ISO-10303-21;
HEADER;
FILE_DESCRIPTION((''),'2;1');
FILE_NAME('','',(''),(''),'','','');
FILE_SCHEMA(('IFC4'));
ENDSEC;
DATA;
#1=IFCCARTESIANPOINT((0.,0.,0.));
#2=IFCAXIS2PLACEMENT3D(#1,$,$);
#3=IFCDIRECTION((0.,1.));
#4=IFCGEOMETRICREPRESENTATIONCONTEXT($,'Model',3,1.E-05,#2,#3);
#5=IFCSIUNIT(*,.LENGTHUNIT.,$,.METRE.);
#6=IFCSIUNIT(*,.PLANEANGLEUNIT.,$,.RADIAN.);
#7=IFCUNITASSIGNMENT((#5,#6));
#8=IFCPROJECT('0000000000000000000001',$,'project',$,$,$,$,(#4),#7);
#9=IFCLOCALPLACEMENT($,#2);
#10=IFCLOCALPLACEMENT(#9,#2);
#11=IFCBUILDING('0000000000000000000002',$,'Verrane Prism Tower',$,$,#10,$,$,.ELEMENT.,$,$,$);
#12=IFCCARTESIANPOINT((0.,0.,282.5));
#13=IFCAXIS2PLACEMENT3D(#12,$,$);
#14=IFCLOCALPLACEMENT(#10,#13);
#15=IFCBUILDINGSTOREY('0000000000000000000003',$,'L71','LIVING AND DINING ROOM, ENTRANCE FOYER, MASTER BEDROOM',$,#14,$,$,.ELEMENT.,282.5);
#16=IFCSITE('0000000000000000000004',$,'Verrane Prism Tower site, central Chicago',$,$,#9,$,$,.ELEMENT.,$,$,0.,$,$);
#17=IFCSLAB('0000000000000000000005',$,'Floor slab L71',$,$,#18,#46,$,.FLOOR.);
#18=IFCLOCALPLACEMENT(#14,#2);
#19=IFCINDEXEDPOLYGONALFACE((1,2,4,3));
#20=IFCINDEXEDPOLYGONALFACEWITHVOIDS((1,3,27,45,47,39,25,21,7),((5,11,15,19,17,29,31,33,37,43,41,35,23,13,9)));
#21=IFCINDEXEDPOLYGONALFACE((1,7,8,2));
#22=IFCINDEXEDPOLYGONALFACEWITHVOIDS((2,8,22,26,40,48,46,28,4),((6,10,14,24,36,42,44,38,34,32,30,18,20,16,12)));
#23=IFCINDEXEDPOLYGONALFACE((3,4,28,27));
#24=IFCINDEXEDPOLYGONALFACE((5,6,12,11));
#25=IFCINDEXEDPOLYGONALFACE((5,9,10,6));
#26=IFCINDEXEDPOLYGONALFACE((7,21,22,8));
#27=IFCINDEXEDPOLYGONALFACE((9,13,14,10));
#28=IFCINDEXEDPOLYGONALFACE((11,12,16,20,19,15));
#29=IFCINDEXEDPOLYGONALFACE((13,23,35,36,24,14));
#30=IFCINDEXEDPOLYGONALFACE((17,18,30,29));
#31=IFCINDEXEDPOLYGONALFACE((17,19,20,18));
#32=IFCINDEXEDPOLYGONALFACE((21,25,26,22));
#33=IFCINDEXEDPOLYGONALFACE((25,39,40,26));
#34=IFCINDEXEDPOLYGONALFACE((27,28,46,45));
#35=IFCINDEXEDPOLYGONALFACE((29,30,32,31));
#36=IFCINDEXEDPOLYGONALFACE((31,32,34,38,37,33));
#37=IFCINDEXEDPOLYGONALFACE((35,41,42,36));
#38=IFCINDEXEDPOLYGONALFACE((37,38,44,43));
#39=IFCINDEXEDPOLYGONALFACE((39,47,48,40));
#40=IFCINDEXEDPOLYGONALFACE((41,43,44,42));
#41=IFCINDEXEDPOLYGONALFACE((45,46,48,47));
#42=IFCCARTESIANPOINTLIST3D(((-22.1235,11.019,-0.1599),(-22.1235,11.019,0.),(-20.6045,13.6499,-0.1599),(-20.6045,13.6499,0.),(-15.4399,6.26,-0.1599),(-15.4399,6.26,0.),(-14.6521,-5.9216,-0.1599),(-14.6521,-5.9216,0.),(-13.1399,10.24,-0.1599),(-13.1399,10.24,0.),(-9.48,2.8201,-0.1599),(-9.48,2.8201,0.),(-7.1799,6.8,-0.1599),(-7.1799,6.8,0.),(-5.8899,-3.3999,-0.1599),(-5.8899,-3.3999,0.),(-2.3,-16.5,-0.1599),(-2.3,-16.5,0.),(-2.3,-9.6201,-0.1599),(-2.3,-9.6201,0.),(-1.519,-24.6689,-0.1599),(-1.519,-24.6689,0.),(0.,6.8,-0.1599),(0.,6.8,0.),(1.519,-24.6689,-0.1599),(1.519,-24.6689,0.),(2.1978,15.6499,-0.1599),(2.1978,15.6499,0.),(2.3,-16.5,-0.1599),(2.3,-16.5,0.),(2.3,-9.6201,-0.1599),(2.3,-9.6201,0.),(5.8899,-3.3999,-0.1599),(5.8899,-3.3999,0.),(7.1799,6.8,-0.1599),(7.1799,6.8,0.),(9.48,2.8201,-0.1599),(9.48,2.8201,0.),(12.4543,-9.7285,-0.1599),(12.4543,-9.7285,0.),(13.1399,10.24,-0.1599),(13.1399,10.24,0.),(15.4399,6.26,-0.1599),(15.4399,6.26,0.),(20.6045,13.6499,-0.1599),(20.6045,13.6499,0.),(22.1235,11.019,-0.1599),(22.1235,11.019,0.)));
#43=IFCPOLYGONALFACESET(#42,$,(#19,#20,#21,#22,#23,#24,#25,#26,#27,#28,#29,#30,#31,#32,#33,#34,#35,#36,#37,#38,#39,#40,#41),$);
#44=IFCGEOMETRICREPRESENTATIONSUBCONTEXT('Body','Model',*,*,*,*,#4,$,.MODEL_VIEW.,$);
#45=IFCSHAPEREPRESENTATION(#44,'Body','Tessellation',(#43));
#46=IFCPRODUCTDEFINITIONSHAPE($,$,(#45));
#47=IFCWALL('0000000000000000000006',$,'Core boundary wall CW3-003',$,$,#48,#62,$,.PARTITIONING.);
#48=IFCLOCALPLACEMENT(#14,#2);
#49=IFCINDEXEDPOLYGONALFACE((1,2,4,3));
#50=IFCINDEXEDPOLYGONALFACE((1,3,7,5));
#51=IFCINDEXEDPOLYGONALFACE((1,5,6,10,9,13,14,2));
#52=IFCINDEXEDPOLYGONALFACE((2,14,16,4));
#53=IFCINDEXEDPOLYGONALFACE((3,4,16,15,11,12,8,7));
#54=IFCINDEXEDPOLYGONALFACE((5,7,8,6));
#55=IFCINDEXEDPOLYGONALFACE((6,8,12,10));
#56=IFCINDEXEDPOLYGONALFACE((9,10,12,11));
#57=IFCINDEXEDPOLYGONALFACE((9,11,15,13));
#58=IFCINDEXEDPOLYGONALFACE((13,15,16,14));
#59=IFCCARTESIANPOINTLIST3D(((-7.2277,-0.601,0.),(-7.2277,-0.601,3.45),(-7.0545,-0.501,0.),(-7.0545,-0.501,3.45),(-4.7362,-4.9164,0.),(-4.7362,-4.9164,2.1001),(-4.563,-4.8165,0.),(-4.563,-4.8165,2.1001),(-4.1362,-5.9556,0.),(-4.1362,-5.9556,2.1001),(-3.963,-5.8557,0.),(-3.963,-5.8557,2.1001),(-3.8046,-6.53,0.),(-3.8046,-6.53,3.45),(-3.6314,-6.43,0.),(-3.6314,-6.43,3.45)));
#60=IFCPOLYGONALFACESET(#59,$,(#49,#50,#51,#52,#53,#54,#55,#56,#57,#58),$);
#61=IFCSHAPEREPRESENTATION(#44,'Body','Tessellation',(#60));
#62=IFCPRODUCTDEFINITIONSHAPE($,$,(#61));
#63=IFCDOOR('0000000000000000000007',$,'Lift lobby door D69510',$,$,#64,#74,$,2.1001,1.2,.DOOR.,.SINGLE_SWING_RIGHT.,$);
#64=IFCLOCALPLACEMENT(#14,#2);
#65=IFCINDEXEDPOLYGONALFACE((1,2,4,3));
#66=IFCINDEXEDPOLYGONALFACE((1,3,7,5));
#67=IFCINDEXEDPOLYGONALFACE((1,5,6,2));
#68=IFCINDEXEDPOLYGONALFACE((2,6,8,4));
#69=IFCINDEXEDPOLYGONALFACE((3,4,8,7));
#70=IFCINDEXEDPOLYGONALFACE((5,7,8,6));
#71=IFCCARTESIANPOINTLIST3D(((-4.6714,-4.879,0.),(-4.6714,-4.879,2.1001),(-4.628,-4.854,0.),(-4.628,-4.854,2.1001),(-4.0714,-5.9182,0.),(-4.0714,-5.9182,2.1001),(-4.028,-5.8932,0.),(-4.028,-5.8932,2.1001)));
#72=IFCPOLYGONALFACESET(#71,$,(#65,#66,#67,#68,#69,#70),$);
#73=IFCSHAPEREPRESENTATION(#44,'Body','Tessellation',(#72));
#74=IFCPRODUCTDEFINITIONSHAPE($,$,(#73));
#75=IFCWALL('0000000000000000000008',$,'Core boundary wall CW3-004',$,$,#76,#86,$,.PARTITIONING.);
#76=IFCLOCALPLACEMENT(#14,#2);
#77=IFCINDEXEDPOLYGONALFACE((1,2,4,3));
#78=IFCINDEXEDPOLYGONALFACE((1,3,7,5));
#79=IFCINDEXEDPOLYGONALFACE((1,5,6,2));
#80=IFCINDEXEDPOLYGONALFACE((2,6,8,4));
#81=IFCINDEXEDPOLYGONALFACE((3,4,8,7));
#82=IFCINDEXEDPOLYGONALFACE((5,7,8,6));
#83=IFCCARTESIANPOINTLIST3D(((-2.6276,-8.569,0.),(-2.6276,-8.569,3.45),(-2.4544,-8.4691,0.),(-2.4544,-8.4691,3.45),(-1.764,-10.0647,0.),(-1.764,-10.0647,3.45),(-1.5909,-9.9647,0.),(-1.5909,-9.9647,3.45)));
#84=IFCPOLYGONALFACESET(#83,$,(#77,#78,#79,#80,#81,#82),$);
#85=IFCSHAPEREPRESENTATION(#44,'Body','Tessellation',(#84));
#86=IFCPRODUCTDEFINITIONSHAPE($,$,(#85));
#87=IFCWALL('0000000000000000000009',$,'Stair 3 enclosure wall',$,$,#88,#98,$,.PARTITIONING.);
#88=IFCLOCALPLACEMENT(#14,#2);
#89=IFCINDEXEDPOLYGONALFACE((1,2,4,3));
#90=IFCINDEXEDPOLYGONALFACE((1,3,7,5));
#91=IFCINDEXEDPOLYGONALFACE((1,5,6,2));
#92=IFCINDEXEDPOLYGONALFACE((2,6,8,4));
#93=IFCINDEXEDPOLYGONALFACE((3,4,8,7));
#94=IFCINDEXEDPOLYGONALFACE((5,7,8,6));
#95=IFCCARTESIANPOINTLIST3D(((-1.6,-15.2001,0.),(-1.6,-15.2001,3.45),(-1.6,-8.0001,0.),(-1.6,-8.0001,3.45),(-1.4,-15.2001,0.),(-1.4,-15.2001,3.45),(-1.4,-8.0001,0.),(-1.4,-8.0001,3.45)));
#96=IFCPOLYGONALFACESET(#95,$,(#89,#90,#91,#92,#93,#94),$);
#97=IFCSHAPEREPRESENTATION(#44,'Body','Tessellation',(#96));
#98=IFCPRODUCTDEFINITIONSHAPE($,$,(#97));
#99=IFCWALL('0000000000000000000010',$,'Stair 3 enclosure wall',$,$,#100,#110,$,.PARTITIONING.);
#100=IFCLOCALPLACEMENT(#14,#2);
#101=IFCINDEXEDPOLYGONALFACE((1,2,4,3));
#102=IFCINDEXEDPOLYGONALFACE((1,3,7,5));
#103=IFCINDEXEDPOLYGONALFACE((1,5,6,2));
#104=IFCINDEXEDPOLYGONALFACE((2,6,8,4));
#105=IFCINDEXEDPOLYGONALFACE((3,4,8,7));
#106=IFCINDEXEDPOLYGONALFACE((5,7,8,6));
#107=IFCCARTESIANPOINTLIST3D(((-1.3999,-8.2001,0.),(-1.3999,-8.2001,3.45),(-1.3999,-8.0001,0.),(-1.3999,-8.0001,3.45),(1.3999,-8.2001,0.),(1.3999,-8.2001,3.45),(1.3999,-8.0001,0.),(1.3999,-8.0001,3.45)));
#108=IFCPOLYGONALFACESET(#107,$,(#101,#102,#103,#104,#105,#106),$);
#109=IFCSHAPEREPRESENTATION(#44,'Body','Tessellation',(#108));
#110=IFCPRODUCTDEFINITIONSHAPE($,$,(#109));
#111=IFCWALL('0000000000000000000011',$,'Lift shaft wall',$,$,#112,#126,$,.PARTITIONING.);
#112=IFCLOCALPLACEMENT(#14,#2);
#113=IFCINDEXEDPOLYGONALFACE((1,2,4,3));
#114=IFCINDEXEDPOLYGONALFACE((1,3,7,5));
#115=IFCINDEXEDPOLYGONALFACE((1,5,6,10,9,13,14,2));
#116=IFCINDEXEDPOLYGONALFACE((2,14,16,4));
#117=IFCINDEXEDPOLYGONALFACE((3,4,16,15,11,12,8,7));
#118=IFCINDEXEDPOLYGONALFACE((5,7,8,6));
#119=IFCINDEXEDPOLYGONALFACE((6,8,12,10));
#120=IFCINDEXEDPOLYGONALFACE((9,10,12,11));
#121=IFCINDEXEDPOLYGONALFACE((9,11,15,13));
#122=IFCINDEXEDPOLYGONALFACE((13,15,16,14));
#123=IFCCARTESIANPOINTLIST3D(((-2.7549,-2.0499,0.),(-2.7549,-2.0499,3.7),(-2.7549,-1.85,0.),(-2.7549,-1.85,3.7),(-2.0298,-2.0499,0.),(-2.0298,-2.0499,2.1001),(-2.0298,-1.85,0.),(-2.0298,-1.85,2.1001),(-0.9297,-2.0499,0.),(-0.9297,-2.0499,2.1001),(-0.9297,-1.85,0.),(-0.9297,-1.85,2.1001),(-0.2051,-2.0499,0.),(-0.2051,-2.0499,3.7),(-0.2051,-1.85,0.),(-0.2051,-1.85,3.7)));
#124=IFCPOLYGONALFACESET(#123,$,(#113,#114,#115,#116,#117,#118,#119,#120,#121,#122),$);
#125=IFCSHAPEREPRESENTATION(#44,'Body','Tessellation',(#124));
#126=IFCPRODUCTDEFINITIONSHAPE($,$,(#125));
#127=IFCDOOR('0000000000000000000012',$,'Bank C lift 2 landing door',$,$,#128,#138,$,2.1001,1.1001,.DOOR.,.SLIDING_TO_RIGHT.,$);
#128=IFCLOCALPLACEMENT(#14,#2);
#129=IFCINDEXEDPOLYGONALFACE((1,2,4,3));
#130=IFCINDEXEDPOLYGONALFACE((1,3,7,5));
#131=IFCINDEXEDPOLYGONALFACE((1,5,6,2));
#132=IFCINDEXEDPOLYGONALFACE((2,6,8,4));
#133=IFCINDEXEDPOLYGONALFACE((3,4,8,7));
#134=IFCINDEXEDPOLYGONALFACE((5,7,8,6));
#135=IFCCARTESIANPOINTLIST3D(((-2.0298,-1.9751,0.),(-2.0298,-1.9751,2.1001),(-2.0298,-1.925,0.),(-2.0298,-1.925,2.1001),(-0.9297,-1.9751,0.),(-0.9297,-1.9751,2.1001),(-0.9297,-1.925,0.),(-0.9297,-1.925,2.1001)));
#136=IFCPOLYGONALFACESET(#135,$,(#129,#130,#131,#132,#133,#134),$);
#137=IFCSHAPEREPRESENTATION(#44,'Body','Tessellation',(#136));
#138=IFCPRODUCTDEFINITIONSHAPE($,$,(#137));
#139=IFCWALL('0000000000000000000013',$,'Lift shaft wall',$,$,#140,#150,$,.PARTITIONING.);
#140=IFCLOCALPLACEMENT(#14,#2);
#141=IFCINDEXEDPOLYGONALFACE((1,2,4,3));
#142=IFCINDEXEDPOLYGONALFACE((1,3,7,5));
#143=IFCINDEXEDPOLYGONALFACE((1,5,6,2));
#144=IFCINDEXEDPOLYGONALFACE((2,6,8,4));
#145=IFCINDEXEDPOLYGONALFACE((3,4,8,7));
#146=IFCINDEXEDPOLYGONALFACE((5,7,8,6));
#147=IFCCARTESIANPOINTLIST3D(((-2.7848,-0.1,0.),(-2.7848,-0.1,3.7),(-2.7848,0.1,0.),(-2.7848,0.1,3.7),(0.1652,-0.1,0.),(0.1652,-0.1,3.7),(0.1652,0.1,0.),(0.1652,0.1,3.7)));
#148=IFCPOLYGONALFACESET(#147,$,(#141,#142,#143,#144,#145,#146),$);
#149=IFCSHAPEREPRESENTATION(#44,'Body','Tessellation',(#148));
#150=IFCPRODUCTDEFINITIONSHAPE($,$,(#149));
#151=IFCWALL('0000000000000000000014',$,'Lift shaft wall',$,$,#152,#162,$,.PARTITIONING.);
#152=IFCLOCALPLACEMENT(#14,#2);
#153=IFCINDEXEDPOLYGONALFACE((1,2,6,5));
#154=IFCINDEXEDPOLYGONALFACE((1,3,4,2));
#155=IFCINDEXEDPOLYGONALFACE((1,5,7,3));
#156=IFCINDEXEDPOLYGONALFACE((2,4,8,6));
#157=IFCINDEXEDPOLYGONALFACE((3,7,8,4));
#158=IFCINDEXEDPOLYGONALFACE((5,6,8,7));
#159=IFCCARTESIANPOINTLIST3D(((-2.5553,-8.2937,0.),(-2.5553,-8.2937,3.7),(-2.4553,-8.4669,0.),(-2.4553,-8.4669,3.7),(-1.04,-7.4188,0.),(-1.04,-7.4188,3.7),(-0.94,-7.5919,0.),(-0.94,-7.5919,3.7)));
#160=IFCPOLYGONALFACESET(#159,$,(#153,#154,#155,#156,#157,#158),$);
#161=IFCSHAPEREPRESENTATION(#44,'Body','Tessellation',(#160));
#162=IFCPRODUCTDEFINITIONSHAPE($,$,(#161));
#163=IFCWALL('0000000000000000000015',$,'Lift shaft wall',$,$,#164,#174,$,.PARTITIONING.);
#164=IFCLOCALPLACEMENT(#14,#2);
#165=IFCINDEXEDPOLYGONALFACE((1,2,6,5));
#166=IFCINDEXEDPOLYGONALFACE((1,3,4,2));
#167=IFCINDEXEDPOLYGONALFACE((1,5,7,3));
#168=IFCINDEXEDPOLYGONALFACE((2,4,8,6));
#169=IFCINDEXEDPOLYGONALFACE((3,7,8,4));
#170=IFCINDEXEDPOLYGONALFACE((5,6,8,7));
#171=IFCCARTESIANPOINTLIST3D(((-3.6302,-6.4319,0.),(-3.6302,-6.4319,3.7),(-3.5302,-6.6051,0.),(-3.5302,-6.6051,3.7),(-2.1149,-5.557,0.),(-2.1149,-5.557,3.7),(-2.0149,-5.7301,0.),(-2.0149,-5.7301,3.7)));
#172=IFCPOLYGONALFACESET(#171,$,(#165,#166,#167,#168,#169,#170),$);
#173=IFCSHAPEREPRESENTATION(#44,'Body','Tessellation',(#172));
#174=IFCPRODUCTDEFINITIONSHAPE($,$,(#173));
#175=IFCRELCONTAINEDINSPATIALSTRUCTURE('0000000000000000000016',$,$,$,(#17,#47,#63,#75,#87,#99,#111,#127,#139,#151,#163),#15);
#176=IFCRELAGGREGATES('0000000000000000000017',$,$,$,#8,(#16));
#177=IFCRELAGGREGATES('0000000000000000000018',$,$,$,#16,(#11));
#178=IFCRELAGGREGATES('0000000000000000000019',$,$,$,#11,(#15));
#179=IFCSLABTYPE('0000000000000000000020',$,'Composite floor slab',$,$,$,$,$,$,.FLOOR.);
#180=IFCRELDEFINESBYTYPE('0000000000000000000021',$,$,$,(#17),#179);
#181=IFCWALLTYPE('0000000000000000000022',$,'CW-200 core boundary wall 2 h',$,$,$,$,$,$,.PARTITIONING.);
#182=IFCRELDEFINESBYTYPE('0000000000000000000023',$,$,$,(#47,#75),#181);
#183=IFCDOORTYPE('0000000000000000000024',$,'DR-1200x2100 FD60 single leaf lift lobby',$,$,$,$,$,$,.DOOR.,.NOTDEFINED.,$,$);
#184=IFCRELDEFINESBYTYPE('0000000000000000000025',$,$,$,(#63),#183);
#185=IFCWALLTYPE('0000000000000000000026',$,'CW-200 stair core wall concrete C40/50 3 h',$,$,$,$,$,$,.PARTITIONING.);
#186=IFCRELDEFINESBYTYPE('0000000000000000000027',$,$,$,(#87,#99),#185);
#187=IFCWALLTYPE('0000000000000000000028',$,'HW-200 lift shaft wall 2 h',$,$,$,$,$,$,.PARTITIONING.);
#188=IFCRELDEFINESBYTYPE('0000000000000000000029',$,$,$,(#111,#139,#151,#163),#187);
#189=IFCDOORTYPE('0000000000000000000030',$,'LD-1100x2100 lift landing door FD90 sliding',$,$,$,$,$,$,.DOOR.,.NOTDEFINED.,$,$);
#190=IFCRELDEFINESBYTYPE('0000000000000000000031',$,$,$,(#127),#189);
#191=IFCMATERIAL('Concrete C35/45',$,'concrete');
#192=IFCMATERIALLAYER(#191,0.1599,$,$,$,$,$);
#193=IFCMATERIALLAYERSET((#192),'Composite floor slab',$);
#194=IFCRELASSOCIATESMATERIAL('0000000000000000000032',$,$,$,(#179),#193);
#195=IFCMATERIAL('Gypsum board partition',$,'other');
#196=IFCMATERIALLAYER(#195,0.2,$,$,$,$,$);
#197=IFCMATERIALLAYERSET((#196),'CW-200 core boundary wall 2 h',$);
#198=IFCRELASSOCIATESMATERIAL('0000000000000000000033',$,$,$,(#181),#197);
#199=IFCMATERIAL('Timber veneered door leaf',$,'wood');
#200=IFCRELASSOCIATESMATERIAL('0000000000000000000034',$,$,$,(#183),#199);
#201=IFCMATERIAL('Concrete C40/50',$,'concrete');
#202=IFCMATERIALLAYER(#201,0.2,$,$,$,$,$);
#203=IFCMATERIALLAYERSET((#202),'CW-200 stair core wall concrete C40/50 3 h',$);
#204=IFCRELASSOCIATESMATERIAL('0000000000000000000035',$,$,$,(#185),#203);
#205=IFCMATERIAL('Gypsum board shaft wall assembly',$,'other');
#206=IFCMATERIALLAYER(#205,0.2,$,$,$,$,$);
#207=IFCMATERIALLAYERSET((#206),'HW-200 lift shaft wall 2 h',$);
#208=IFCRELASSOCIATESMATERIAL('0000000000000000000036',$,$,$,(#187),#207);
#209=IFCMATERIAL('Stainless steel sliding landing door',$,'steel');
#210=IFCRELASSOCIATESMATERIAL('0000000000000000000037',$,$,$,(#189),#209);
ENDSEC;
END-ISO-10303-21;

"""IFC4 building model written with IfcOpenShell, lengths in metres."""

from ifc_helpers import new_model, si_unit, direction, frame, frame_2d, origin, place, context, subcontext, project, spatial, polyline, rectangle, outline, extrude, material, layer, layer_set, type_object, element, fill, save


model = new_model("IFC4")

# Units and contexts
model_context = context("Model", 3, precision=1e-05, world=origin(), true_north=direction((0.0, 1.0)))
body_context = subcontext(model_context, "Body", "Model", "MODEL_VIEW")
ifc_project = project(units=[si_unit("LENGTHUNIT", "METRE"), si_unit("PLANEANGLEUNIT", "RADIAN")], contexts=[model_context])

# Site, building, storey
site_placement = place(None, origin())
site = spatial("IfcSite", under=ifc_project, at=site_placement, Name="Verrane Prism Tower site, central Chicago", CompositionType="ELEMENT", RefElevation=0.0)
building_placement = place(site_placement, origin())
building = spatial("IfcBuilding", under=site, at=building_placement, Name="Verrane Prism Tower", CompositionType="ELEMENT")
storey_placement = place(building_placement, frame((0.0, 0.0, 282.5)))
storey = spatial("IfcBuildingStorey", under=building, at=storey_placement, Name="L71", Description="LIVING AND DINING ROOM, ENTRANCE FOYER, MASTER BEDROOM", CompositionType="ELEMENT", Elevation=282.5)

# Slab
ifc_material_1 = material(Name="Concrete C35/45", Category="concrete")
ifc_layer_1 = layer(ifc_material_1, 0.1599)
ifc_layer_set_1 = layer_set([ifc_layer_1], Name="Composite floor slab")
slab_type = type_object("IfcSlabType", Name="Composite floor slab", PredefinedType="FLOOR", material=ifc_layer_set_1)
slab_placement = place(storey_placement, frame((0.0, 0.0, -0.1599)))
element("IfcSlab", 1, at=slab_placement, inside=storey, type_object=slab_type, Name="Floor slab L71", PredefinedType="FLOOR", context=body_context, shape_type="SweptSolid", body=[
    extrude(outline(polyline([(12.4543, -9.7285), (1.519, -24.6689), (-1.519, -24.6689), (-14.6521, -5.9216), (-22.1235, 11.019), (-20.6045, 13.6499), (2.1978, 15.6499), (20.6045, 13.6499), (22.1235, 11.019), (12.4543, -9.7285)]), holes=[polyline([(15.4399, 6.26), (13.1399, 10.24), (7.1799, 6.8), (0.0, 6.8), (-7.1799, 6.8), (-13.1399, 10.24), (-15.4399, 6.26), (-9.48, 2.8201), (-5.8899, -3.3999), (-2.3, -9.6201), (-2.3, -16.5), (2.3, -16.5), (2.3, -9.6201), (5.8899, -3.3999), (9.48, 2.8201), (15.4399, 6.26)])]), origin(), (0.0, 0.0, 1.0), 0.1599),
])

# Wall, opening, door
ifc_material_2 = material(Name="Gypsum board partition", Category="other")
ifc_layer_2 = layer(ifc_material_2, 0.2)
ifc_layer_set_2 = layer_set([ifc_layer_2], Name="CW-200 core boundary wall 2 h")
wall_type_1 = type_object("IfcWallType", Name="CW-200 core boundary wall 2 h", PredefinedType="PARTITIONING", material=ifc_layer_set_2)
wall_1_placement = place(storey_placement, frame((-7.1411, -0.551, 0.0), z_axis=(0.0, 0.0, 1.0), x_axis=(0.500001, -0.866025, 0.0)))
wall_1 = element("IfcWall", 2, at=wall_1_placement, inside=storey, type_object=wall_type_1, Name="Core boundary wall CW3-003", PredefinedType="PARTITIONING", context=body_context, shape_type="SweptSolid", body=[
    extrude(rectangle(XDim=6.8462, YDim=0.2, at=frame_2d((3.4231, 0.0))), origin(), (0.0, 0.0, 1.0), 3.45),
])
opening_1_placement = place(wall_1_placement, frame((4.9829, 0.0, 0.0)))
opening_1 = element("IfcOpeningElement", 3, at=opening_1_placement, cuts=wall_1, PredefinedType="OPENING", context=body_context, shape_type="SweptSolid", body=[
    extrude(rectangle(XDim=1.2, YDim=2.1001, at=frame_2d((0.6001, 1.05))), frame((0.0, 0.1099, 0.0), z_axis=(0.0, -1.0, 0.0), x_axis=(1.0, 0.0, 0.0)), (0.0, 0.0, 1.0), 0.22),
])
ifc_material_3 = material(Name="Timber veneered door leaf", Category="wood")
door_type_1 = type_object("IfcDoorType", Name="DR-1200x2100 FD60 single leaf lift lobby", OperationType="NOTDEFINED", PredefinedType="DOOR", material=ifc_material_3)
door_1_placement = place(opening_1_placement, origin())
door_1 = element("IfcDoor", 4, at=door_1_placement, inside=storey, type_object=door_type_1, Name="Lift lobby door D69510", OperationType="SINGLE_SWING_RIGHT", OverallHeight=2.1001, OverallWidth=1.2, PredefinedType="DOOR", context=body_context, shape_type="SweptSolid", body=[
    extrude(rectangle(XDim=1.2, YDim=2.1001, at=frame_2d((0.6001, 1.05))), frame((0.0, 0.0249, 0.0), z_axis=(0.0, -1.0, 0.0), x_axis=(1.0, 0.0, 0.0)), (0.0, 0.0, 1.0), 0.05),
])
fill(opening_1, door_1)

# Walls
wall_2_placement = place(storey_placement, frame((-2.541, -8.519, 0.0), z_axis=(0.0, 0.0, 1.0), x_axis=(0.500016, -0.866016, 0.0)))
element("IfcWall", 5, at=wall_2_placement, inside=storey, type_object=wall_type_1, Name="Core boundary wall CW3-004", PredefinedType="PARTITIONING", context=body_context, shape_type="SweptSolid", body=[
    extrude(rectangle(XDim=1.7271, YDim=0.2, at=frame_2d((0.8635, 0.0))), origin(), (0.0, 0.0, 1.0), 3.45),
])
ifc_material_4 = material(Name="Concrete C40/50", Category="concrete")
ifc_layer_3 = layer(ifc_material_4, 0.2)
ifc_layer_set_3 = layer_set([ifc_layer_3], Name="CW-200 stair core wall concrete C40/50 3 h")
wall_type_2 = type_object("IfcWallType", Name="CW-200 stair core wall concrete C40/50 3 h", PredefinedType="PARTITIONING", material=ifc_layer_set_3)
wall_3_placement = place(storey_placement, frame((-1.5, -8.0, 0.0), z_axis=(0.0, 0.0, 1.0), x_axis=(0.0, -1.0, 0.0)))
element("IfcWall", 6, at=wall_3_placement, inside=storey, type_object=wall_type_2, Name="Stair 3 enclosure wall", PredefinedType="PARTITIONING", context=body_context, shape_type="SweptSolid", body=[
    extrude(rectangle(XDim=7.2, YDim=0.2, at=frame_2d((3.6001, 0.0))), origin(), (0.0, 0.0, 1.0), 3.45),
])
wall_4_placement = place(storey_placement, frame((-1.3999, -8.1001, 0.0), z_axis=(0.0, 0.0, 1.0), x_axis=(1.0, 0.0, 0.0)))
element("IfcWall", 7, at=wall_4_placement, inside=storey, type_object=wall_type_2, Name="Stair 3 enclosure wall", PredefinedType="PARTITIONING", context=body_context, shape_type="SweptSolid", body=[
    extrude(rectangle(XDim=2.7998, YDim=0.2, at=frame_2d((1.3999, 0.0))), origin(), (0.0, 0.0, 1.0), 3.45),
])

# Wall, opening, door
ifc_material_5 = material(Name="Gypsum board shaft wall assembly", Category="other")
ifc_layer_4 = layer(ifc_material_5, 0.2)
ifc_layer_set_4 = layer_set([ifc_layer_4], Name="HW-200 lift shaft wall 2 h")
wall_type_3 = type_object("IfcWallType", Name="HW-200 lift shaft wall 2 h", PredefinedType="PARTITIONING", material=ifc_layer_set_4)
wall_5_placement = place(storey_placement, frame((-2.7549, -1.95, 0.0), z_axis=(0.0, 0.0, 1.0), x_axis=(1.0, 0.0, 0.0)))
wall_5 = element("IfcWall", 8, at=wall_5_placement, inside=storey, type_object=wall_type_3, Name="Lift shaft wall", PredefinedType="PARTITIONING", context=body_context, shape_type="SweptSolid", body=[
    extrude(rectangle(XDim=2.5498, YDim=0.2, at=frame_2d((1.2749, 0.0))), origin(), (0.0, 0.0, 1.0), 3.7),
])
opening_2_placement = place(wall_5_placement, frame((0.7251, 0.0, 0.0)))
opening_2 = element("IfcOpeningElement", 9, at=opening_2_placement, cuts=wall_5, PredefinedType="OPENING", context=body_context, shape_type="SweptSolid", body=[
    extrude(rectangle(XDim=1.1001, YDim=2.1001, at=frame_2d((0.55, 1.05))), frame((0.0, 0.1099, 0.0), z_axis=(0.0, -1.0, 0.0), x_axis=(1.0, 0.0, 0.0)), (0.0, 0.0, 1.0), 0.22),
])
ifc_material_6 = material(Name="Stainless steel sliding landing door", Category="steel")
door_type_2 = type_object("IfcDoorType", Name="LD-1100x2100 lift landing door FD90 sliding", OperationType="NOTDEFINED", PredefinedType="DOOR", material=ifc_material_6)
door_2_placement = place(opening_2_placement, origin())
door_2 = element("IfcDoor", 10, at=door_2_placement, inside=storey, type_object=door_type_2, Name="Bank C lift 2 landing door", OperationType="SLIDING_TO_RIGHT", OverallHeight=2.1001, OverallWidth=1.1001, PredefinedType="DOOR", context=body_context, shape_type="SweptSolid", body=[
    extrude(rectangle(XDim=1.1001, YDim=2.1001, at=frame_2d((0.55, 1.05))), frame((0.0, 0.0249, 0.0), z_axis=(0.0, -1.0, 0.0), x_axis=(1.0, 0.0, 0.0)), (0.0, 0.0, 1.0), 0.05),
])
fill(opening_2, door_2)

# Walls
wall_6_placement = place(storey_placement, frame((-2.7849, 0.0, 0.0), z_axis=(0.0, 0.0, 1.0), x_axis=(1.0, 0.0, 0.0)))
element("IfcWall", 11, at=wall_6_placement, inside=storey, type_object=wall_type_3, Name="Lift shaft wall", PredefinedType="PARTITIONING", context=body_context, shape_type="SweptSolid", body=[
    extrude(rectangle(XDim=2.95, YDim=0.2, at=frame_2d((1.4751, 0.0))), origin(), (0.0, 0.0, 1.0), 3.7),
])
for number, where, z_axis, x_axis, name in (
    (12, (-2.5054, -8.3804, 0.0), (0.0, 0.0, 1.0), (0.866002, 0.50004, 0.0), "Lift shaft wall"),
    (13, (-3.5803, -6.5186, 0.0), (0.0, 0.0, 1.0), (0.866002, 0.50004, 0.0), "Lift shaft wall"),
):
    element("IfcWall", number, at=place(storey_placement, frame(where, z_axis=z_axis, x_axis=x_axis)), inside=storey, type_object=wall_type_3, Name=name, PredefinedType="PARTITIONING", context=body_context, shape_type="SweptSolid", body=[
        extrude(rectangle(XDim=1.7498, YDim=0.2, at=frame_2d((0.875, 0.0))), origin(), (0.0, 0.0, 1.0), 3.7),
    ])

save(model, "model.ifc")
